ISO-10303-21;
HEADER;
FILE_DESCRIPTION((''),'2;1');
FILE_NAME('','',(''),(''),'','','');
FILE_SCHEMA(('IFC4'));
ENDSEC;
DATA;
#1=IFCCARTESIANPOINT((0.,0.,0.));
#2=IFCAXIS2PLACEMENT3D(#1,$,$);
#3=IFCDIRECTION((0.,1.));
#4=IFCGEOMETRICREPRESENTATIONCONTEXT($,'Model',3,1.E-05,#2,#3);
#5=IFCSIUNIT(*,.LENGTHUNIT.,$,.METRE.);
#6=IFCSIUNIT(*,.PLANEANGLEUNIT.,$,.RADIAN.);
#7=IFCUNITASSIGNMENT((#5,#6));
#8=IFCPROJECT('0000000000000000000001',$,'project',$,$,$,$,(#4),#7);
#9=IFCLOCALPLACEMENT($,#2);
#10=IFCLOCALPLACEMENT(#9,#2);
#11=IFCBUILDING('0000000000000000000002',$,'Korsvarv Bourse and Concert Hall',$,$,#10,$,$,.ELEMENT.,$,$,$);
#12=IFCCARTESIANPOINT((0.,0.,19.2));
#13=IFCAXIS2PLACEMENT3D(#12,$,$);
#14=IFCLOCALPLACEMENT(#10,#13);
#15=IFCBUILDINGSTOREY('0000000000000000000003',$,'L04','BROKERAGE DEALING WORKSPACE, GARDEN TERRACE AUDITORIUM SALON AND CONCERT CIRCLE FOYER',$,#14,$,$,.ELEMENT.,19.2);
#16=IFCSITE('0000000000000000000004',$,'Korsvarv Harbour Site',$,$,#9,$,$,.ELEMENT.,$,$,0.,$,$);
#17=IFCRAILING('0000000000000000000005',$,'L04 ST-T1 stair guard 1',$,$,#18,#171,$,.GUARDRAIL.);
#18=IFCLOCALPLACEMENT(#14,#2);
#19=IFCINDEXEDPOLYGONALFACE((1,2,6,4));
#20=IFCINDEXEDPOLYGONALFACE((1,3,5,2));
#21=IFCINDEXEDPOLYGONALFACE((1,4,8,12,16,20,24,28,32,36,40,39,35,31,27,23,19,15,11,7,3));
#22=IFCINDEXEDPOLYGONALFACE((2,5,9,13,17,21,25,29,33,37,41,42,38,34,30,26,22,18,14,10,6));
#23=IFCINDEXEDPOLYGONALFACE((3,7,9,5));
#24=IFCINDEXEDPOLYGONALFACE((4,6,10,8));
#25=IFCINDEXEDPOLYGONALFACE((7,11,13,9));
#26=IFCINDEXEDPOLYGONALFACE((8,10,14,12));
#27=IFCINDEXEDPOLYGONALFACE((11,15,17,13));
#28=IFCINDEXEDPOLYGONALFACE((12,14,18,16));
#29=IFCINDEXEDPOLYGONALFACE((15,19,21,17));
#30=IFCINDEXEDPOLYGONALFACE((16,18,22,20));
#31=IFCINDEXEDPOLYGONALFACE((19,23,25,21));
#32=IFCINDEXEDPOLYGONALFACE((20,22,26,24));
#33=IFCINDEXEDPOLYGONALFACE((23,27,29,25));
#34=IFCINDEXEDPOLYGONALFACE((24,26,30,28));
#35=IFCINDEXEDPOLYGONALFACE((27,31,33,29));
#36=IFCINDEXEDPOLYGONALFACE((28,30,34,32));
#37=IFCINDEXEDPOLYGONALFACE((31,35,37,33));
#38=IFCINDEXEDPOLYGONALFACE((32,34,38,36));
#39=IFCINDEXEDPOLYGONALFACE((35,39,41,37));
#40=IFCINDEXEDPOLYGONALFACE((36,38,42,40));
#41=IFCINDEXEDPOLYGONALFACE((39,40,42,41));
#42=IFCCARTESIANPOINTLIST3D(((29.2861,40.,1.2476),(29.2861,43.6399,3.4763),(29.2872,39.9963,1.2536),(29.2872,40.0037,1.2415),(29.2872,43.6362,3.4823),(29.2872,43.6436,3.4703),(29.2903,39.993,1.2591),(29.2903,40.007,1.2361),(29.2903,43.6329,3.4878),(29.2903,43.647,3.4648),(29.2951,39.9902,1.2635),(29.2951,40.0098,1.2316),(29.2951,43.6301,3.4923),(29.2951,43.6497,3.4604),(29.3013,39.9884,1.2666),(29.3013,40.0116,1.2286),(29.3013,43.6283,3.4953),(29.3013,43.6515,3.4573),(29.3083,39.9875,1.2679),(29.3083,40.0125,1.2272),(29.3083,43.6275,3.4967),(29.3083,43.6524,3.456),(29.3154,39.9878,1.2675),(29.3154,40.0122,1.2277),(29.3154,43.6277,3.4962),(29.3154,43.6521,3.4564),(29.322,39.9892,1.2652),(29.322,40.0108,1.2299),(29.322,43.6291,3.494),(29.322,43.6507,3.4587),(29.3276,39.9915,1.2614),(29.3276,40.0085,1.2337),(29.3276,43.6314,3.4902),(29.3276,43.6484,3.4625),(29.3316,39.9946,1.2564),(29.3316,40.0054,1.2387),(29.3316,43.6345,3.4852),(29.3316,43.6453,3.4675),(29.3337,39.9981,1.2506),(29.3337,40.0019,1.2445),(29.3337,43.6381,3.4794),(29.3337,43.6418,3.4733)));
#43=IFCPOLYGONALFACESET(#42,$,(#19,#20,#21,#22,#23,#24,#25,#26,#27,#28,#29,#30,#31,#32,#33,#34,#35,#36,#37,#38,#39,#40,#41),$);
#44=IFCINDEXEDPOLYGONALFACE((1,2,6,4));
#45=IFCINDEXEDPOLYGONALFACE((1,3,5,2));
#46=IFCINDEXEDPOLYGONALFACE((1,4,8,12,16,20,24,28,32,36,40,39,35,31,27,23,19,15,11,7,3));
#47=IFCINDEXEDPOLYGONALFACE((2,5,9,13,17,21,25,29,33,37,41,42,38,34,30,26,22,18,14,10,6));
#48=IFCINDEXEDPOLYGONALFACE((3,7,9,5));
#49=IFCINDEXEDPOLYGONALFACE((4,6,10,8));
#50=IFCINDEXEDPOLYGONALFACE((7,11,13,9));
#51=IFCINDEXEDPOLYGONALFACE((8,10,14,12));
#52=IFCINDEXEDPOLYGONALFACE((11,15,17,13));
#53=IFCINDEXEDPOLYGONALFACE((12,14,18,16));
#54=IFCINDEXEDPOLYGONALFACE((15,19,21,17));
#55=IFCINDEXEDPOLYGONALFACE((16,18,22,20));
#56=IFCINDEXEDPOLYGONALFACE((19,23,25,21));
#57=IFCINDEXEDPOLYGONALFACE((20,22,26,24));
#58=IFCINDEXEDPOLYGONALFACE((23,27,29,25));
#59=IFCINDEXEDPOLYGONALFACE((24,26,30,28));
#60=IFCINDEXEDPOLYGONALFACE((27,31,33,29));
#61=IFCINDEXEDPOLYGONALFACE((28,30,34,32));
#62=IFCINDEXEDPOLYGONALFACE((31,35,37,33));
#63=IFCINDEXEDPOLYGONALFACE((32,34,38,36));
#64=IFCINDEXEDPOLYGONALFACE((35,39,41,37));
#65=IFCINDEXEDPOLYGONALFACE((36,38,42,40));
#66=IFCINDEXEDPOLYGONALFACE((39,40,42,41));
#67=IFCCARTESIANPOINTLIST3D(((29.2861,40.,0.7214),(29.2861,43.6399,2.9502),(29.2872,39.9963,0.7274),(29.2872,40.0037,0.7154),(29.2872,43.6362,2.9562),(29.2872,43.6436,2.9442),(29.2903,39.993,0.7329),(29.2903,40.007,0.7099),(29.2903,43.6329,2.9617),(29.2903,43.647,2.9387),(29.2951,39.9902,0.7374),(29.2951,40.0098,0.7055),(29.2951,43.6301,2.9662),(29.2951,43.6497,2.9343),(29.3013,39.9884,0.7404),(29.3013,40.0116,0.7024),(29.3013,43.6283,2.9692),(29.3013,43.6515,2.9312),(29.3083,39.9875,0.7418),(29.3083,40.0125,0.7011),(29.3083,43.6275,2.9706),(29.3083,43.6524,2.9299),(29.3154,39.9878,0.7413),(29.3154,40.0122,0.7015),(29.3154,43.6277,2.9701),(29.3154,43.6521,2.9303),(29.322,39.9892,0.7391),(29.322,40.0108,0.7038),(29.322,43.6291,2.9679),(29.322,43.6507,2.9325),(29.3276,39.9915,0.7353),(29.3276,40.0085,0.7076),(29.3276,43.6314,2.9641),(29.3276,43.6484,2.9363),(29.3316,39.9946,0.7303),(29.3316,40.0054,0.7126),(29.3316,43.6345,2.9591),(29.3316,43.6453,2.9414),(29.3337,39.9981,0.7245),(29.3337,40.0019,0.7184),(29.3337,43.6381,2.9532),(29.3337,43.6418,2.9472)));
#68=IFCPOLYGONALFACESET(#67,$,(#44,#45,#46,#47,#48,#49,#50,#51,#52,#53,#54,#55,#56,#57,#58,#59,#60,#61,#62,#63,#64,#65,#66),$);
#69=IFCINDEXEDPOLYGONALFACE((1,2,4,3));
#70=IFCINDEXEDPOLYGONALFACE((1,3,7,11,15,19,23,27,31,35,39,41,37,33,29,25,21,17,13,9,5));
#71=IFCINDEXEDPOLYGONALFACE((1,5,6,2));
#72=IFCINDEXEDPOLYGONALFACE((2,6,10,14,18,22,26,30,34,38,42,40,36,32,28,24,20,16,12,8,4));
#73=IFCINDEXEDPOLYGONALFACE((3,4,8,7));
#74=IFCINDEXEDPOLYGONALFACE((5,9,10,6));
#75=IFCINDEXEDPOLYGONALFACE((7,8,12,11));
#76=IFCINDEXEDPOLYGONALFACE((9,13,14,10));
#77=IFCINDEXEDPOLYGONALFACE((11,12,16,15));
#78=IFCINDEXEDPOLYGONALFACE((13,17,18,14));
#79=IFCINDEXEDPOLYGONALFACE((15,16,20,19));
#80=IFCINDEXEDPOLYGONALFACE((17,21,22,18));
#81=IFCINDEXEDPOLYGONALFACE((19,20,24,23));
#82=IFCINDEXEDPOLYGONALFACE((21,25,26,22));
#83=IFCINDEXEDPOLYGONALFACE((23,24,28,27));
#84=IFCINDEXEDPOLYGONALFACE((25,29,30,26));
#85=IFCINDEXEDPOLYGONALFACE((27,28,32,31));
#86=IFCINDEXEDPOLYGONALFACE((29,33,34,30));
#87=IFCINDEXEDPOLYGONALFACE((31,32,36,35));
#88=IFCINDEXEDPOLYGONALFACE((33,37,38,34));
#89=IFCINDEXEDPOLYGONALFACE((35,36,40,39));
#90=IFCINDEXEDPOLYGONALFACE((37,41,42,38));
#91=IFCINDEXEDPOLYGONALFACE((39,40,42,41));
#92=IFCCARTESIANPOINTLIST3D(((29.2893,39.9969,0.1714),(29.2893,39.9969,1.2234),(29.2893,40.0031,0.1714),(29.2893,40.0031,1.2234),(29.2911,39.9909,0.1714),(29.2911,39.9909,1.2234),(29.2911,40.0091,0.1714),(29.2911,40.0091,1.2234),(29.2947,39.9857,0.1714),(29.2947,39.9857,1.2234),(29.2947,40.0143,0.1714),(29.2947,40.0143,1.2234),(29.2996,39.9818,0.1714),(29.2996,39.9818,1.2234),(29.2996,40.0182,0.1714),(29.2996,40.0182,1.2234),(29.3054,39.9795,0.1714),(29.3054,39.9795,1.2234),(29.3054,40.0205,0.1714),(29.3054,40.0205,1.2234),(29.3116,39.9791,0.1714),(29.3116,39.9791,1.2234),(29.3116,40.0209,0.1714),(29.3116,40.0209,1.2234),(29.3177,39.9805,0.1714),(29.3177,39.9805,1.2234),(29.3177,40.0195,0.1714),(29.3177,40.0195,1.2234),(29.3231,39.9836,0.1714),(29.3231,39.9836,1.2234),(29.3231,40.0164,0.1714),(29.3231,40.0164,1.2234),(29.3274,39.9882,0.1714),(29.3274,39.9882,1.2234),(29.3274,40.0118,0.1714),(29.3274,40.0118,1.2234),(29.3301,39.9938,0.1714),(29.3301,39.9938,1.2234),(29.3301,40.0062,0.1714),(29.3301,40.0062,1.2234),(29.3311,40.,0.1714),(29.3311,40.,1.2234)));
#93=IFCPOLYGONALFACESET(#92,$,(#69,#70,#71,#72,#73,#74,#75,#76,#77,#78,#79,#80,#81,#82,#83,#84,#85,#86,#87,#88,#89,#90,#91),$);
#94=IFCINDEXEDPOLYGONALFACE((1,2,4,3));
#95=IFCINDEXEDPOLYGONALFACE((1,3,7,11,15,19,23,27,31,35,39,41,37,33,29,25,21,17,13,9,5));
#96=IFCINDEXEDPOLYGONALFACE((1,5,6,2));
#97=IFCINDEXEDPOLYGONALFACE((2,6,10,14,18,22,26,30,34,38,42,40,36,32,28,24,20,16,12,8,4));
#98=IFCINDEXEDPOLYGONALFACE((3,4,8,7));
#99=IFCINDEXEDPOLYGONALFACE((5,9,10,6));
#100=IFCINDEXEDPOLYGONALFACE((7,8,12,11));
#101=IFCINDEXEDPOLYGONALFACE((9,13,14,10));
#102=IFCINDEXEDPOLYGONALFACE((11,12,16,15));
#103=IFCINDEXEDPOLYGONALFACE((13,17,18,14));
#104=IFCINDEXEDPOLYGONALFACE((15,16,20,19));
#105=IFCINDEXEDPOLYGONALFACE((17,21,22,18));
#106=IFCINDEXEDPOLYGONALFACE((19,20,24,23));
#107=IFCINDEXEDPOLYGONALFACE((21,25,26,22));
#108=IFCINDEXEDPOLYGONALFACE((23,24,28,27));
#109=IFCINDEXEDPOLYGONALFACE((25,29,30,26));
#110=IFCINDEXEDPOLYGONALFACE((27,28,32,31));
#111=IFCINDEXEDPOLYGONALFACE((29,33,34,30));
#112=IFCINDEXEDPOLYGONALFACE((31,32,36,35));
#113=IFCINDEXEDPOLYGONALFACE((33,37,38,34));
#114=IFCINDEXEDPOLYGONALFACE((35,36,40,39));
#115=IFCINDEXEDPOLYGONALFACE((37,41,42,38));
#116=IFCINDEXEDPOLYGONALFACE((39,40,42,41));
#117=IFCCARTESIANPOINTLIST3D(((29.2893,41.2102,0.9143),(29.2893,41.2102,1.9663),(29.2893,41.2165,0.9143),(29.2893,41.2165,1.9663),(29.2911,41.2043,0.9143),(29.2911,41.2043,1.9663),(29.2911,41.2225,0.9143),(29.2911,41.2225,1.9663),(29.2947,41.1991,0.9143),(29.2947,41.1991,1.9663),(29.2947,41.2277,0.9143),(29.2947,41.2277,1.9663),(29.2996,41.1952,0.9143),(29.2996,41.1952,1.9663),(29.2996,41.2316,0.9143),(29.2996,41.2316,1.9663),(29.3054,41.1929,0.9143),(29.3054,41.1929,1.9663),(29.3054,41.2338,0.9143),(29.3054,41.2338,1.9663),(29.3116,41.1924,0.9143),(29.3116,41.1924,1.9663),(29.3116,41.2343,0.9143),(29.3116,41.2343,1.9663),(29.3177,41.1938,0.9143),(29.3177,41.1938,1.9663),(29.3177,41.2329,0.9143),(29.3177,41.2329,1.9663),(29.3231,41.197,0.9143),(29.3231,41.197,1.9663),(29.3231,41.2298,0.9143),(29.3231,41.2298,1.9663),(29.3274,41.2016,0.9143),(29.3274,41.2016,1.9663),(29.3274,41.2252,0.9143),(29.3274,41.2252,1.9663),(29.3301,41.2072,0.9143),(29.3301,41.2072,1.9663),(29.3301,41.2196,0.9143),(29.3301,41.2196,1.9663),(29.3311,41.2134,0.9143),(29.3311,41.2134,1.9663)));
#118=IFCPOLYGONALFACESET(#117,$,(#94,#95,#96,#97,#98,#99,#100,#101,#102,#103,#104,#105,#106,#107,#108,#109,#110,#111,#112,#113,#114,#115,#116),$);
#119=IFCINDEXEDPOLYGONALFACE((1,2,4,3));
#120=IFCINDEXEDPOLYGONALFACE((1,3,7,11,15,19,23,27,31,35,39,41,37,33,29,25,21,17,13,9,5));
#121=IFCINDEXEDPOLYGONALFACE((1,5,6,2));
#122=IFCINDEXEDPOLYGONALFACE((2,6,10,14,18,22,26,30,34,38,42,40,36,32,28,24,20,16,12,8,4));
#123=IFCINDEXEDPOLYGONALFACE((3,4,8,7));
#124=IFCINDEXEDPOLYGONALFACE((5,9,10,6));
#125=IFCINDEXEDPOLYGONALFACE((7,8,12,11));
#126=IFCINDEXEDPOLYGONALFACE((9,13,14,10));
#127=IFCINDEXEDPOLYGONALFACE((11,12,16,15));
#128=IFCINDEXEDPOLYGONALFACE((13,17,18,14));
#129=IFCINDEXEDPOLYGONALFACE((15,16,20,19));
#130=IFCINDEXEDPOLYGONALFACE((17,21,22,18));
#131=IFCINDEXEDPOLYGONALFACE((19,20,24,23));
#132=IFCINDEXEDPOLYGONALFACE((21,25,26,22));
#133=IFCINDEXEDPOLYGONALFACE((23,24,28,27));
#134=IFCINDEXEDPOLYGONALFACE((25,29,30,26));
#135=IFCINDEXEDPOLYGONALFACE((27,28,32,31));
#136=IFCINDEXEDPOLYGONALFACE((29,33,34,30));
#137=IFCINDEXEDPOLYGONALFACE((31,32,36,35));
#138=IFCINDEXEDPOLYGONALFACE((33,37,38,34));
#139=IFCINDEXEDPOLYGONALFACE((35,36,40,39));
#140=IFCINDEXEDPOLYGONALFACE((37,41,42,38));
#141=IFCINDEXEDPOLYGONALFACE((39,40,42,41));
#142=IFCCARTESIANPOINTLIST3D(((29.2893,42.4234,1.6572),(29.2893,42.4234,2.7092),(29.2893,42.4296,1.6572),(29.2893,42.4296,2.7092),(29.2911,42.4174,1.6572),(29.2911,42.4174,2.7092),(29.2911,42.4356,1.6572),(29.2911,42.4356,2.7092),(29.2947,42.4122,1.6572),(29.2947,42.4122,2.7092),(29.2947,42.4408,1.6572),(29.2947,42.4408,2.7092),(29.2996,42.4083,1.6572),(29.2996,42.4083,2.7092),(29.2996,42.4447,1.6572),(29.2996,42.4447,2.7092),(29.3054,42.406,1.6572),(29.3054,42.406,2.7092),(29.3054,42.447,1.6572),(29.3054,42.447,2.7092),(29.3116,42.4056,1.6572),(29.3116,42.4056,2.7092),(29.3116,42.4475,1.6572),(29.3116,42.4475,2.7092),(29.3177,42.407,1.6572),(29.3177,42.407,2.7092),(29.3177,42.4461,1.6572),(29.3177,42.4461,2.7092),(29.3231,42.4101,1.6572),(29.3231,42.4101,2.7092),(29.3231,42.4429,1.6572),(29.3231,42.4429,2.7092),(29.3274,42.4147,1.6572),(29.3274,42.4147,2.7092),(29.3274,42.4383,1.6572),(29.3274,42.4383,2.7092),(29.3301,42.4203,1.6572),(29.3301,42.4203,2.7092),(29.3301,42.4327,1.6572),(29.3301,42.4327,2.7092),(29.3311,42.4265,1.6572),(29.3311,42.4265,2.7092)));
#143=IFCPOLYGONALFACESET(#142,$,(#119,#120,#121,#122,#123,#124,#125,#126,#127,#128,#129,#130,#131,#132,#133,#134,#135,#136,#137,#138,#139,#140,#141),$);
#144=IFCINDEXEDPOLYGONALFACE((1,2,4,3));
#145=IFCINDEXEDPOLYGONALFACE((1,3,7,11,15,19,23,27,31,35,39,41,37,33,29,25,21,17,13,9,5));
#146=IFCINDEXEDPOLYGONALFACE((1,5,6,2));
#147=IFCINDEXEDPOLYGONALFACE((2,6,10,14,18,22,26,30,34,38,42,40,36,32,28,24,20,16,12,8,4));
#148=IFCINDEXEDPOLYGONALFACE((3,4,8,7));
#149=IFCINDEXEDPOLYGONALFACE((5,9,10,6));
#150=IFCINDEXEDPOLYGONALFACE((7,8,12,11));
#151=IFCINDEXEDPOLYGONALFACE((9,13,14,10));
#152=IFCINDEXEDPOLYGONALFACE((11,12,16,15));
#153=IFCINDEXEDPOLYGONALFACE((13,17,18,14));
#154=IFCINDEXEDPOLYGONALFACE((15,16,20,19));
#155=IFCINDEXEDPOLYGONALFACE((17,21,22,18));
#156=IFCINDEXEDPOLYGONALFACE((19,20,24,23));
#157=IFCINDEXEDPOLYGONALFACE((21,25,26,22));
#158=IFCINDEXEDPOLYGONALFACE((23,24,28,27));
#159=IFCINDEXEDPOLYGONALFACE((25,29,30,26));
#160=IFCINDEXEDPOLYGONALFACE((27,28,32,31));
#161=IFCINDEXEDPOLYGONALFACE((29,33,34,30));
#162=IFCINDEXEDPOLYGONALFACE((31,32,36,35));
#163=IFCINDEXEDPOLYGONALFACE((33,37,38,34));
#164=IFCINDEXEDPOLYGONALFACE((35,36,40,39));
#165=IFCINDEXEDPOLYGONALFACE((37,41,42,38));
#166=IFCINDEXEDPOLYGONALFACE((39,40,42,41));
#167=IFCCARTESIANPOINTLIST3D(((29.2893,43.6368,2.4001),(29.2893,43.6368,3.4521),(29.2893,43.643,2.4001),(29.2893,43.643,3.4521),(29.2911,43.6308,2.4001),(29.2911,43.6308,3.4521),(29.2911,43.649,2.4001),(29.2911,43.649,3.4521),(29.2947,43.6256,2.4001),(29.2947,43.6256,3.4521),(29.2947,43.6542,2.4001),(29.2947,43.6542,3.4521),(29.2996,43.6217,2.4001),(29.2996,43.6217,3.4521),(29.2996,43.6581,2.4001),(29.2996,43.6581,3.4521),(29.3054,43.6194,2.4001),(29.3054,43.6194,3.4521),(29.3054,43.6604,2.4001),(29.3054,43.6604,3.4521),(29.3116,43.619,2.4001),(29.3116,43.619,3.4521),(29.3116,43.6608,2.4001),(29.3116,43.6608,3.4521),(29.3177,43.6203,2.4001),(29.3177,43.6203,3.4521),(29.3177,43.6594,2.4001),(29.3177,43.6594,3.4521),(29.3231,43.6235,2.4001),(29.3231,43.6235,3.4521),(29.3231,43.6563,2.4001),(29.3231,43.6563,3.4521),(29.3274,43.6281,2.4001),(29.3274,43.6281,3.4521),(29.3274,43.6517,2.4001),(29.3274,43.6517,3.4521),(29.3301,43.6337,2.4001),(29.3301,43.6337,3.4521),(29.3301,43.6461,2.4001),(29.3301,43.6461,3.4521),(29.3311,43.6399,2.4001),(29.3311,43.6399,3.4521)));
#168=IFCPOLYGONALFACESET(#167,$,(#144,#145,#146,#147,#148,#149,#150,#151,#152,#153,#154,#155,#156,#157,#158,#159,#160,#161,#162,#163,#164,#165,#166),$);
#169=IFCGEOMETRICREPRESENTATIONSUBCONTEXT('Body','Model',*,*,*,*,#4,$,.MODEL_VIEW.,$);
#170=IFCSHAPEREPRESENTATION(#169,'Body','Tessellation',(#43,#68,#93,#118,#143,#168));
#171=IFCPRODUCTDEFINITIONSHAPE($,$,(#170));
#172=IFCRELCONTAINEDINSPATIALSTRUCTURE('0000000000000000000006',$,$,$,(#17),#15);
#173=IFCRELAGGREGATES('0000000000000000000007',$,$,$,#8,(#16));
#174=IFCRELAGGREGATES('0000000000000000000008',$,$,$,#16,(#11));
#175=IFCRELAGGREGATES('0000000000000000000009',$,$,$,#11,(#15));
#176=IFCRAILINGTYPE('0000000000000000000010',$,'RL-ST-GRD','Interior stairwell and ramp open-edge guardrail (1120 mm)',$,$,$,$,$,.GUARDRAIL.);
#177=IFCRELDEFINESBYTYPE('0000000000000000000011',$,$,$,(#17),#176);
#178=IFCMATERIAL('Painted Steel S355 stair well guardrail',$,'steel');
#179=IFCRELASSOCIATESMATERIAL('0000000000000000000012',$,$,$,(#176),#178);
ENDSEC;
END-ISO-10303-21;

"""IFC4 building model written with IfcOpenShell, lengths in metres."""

from ifc_helpers import new_model, si_unit, direction, frame, origin, origin_2d, place, context, subcontext, project, spatial, circle, extrude, material, type_object, element, save


model = new_model("IFC4")

# Units and contexts
model_context = context("Model", 3, precision=1e-05, world=origin(), true_north=direction((0.0, 1.0)))
body_context = subcontext(model_context, "Body", "Model", "MODEL_VIEW")
ifc_project = project(units=[si_unit("LENGTHUNIT", "METRE"), si_unit("PLANEANGLEUNIT", "RADIAN")], contexts=[model_context])

# Site, building, storey
site_placement = place(None, origin())
site = spatial("IfcSite", under=ifc_project, at=site_placement, Name="Korsvarv Harbour Site", CompositionType="ELEMENT", RefElevation=0.0)
building_placement = place(site_placement, origin())
building = spatial("IfcBuilding", under=site, at=building_placement, Name="Korsvarv Bourse and Concert Hall", CompositionType="ELEMENT")
storey_placement = place(building_placement, frame((0.0, 0.0, 19.2)))
storey = spatial("IfcBuildingStorey", under=building, at=storey_placement, Name="L04", Description="BROKERAGE DEALING WORKSPACE, GARDEN TERRACE AUDITORIUM SALON AND CONCERT CIRCLE FOYER", CompositionType="ELEMENT", Elevation=19.2)

# Railing
ifc_material_1 = material(Name="Painted Steel S355 stair well guardrail", Category="steel")
railing_type_1 = type_object("IfcRailingType", Name="RL-ST-GRD", Description="Interior stairwell and ramp open-edge guardrail (1120 mm)", PredefinedType="GUARDRAIL", material=ifc_material_1)
railing_1_placement = place(storey_placement, frame((29.3101, 40.0, 0.1714)))
element("IfcRailing", 1, at=railing_1_placement, inside=storey, type_object=railing_type_1, Name="L04 ST-T1 stair guard 1", PredefinedType="GUARDRAIL", context=body_context, shape_type="SweptSolid", body=[
    extrude(circle(Radius=0.0239, at=origin_2d()), frame((0.0, 0.0, 1.0762), z_axis=(0.0, 0.852825, 0.522197), x_axis=(-1.0, 0.0, 0.0)), (0.0, 0.0, 1.0), 4.2681),
    extrude(circle(Radius=0.0239, at=origin_2d()), frame((0.0, 0.0, 0.55), z_axis=(0.0, 0.852825, 0.522197), x_axis=(-1.0, 0.0, 0.0)), (0.0, 0.0, 1.0), 4.2681),
    extrude(circle(Radius=0.021, at=origin_2d()), origin(), (0.0, 0.0, 1.0), 1.052),
    extrude(circle(Radius=0.021, at=origin_2d()), frame((0.0, 1.2134, 0.7429)), (0.0, 0.0, 1.0), 1.052),
    extrude(circle(Radius=0.021, at=origin_2d()), frame((0.0, 2.4265, 1.4858)), (0.0, 0.0, 1.0), 1.052),
    extrude(circle(Radius=0.021, at=origin_2d()), frame((0.0, 3.6399, 2.2288)), (0.0, 0.0, 1.0), 1.052),
])

save(model, "model.ifc")
